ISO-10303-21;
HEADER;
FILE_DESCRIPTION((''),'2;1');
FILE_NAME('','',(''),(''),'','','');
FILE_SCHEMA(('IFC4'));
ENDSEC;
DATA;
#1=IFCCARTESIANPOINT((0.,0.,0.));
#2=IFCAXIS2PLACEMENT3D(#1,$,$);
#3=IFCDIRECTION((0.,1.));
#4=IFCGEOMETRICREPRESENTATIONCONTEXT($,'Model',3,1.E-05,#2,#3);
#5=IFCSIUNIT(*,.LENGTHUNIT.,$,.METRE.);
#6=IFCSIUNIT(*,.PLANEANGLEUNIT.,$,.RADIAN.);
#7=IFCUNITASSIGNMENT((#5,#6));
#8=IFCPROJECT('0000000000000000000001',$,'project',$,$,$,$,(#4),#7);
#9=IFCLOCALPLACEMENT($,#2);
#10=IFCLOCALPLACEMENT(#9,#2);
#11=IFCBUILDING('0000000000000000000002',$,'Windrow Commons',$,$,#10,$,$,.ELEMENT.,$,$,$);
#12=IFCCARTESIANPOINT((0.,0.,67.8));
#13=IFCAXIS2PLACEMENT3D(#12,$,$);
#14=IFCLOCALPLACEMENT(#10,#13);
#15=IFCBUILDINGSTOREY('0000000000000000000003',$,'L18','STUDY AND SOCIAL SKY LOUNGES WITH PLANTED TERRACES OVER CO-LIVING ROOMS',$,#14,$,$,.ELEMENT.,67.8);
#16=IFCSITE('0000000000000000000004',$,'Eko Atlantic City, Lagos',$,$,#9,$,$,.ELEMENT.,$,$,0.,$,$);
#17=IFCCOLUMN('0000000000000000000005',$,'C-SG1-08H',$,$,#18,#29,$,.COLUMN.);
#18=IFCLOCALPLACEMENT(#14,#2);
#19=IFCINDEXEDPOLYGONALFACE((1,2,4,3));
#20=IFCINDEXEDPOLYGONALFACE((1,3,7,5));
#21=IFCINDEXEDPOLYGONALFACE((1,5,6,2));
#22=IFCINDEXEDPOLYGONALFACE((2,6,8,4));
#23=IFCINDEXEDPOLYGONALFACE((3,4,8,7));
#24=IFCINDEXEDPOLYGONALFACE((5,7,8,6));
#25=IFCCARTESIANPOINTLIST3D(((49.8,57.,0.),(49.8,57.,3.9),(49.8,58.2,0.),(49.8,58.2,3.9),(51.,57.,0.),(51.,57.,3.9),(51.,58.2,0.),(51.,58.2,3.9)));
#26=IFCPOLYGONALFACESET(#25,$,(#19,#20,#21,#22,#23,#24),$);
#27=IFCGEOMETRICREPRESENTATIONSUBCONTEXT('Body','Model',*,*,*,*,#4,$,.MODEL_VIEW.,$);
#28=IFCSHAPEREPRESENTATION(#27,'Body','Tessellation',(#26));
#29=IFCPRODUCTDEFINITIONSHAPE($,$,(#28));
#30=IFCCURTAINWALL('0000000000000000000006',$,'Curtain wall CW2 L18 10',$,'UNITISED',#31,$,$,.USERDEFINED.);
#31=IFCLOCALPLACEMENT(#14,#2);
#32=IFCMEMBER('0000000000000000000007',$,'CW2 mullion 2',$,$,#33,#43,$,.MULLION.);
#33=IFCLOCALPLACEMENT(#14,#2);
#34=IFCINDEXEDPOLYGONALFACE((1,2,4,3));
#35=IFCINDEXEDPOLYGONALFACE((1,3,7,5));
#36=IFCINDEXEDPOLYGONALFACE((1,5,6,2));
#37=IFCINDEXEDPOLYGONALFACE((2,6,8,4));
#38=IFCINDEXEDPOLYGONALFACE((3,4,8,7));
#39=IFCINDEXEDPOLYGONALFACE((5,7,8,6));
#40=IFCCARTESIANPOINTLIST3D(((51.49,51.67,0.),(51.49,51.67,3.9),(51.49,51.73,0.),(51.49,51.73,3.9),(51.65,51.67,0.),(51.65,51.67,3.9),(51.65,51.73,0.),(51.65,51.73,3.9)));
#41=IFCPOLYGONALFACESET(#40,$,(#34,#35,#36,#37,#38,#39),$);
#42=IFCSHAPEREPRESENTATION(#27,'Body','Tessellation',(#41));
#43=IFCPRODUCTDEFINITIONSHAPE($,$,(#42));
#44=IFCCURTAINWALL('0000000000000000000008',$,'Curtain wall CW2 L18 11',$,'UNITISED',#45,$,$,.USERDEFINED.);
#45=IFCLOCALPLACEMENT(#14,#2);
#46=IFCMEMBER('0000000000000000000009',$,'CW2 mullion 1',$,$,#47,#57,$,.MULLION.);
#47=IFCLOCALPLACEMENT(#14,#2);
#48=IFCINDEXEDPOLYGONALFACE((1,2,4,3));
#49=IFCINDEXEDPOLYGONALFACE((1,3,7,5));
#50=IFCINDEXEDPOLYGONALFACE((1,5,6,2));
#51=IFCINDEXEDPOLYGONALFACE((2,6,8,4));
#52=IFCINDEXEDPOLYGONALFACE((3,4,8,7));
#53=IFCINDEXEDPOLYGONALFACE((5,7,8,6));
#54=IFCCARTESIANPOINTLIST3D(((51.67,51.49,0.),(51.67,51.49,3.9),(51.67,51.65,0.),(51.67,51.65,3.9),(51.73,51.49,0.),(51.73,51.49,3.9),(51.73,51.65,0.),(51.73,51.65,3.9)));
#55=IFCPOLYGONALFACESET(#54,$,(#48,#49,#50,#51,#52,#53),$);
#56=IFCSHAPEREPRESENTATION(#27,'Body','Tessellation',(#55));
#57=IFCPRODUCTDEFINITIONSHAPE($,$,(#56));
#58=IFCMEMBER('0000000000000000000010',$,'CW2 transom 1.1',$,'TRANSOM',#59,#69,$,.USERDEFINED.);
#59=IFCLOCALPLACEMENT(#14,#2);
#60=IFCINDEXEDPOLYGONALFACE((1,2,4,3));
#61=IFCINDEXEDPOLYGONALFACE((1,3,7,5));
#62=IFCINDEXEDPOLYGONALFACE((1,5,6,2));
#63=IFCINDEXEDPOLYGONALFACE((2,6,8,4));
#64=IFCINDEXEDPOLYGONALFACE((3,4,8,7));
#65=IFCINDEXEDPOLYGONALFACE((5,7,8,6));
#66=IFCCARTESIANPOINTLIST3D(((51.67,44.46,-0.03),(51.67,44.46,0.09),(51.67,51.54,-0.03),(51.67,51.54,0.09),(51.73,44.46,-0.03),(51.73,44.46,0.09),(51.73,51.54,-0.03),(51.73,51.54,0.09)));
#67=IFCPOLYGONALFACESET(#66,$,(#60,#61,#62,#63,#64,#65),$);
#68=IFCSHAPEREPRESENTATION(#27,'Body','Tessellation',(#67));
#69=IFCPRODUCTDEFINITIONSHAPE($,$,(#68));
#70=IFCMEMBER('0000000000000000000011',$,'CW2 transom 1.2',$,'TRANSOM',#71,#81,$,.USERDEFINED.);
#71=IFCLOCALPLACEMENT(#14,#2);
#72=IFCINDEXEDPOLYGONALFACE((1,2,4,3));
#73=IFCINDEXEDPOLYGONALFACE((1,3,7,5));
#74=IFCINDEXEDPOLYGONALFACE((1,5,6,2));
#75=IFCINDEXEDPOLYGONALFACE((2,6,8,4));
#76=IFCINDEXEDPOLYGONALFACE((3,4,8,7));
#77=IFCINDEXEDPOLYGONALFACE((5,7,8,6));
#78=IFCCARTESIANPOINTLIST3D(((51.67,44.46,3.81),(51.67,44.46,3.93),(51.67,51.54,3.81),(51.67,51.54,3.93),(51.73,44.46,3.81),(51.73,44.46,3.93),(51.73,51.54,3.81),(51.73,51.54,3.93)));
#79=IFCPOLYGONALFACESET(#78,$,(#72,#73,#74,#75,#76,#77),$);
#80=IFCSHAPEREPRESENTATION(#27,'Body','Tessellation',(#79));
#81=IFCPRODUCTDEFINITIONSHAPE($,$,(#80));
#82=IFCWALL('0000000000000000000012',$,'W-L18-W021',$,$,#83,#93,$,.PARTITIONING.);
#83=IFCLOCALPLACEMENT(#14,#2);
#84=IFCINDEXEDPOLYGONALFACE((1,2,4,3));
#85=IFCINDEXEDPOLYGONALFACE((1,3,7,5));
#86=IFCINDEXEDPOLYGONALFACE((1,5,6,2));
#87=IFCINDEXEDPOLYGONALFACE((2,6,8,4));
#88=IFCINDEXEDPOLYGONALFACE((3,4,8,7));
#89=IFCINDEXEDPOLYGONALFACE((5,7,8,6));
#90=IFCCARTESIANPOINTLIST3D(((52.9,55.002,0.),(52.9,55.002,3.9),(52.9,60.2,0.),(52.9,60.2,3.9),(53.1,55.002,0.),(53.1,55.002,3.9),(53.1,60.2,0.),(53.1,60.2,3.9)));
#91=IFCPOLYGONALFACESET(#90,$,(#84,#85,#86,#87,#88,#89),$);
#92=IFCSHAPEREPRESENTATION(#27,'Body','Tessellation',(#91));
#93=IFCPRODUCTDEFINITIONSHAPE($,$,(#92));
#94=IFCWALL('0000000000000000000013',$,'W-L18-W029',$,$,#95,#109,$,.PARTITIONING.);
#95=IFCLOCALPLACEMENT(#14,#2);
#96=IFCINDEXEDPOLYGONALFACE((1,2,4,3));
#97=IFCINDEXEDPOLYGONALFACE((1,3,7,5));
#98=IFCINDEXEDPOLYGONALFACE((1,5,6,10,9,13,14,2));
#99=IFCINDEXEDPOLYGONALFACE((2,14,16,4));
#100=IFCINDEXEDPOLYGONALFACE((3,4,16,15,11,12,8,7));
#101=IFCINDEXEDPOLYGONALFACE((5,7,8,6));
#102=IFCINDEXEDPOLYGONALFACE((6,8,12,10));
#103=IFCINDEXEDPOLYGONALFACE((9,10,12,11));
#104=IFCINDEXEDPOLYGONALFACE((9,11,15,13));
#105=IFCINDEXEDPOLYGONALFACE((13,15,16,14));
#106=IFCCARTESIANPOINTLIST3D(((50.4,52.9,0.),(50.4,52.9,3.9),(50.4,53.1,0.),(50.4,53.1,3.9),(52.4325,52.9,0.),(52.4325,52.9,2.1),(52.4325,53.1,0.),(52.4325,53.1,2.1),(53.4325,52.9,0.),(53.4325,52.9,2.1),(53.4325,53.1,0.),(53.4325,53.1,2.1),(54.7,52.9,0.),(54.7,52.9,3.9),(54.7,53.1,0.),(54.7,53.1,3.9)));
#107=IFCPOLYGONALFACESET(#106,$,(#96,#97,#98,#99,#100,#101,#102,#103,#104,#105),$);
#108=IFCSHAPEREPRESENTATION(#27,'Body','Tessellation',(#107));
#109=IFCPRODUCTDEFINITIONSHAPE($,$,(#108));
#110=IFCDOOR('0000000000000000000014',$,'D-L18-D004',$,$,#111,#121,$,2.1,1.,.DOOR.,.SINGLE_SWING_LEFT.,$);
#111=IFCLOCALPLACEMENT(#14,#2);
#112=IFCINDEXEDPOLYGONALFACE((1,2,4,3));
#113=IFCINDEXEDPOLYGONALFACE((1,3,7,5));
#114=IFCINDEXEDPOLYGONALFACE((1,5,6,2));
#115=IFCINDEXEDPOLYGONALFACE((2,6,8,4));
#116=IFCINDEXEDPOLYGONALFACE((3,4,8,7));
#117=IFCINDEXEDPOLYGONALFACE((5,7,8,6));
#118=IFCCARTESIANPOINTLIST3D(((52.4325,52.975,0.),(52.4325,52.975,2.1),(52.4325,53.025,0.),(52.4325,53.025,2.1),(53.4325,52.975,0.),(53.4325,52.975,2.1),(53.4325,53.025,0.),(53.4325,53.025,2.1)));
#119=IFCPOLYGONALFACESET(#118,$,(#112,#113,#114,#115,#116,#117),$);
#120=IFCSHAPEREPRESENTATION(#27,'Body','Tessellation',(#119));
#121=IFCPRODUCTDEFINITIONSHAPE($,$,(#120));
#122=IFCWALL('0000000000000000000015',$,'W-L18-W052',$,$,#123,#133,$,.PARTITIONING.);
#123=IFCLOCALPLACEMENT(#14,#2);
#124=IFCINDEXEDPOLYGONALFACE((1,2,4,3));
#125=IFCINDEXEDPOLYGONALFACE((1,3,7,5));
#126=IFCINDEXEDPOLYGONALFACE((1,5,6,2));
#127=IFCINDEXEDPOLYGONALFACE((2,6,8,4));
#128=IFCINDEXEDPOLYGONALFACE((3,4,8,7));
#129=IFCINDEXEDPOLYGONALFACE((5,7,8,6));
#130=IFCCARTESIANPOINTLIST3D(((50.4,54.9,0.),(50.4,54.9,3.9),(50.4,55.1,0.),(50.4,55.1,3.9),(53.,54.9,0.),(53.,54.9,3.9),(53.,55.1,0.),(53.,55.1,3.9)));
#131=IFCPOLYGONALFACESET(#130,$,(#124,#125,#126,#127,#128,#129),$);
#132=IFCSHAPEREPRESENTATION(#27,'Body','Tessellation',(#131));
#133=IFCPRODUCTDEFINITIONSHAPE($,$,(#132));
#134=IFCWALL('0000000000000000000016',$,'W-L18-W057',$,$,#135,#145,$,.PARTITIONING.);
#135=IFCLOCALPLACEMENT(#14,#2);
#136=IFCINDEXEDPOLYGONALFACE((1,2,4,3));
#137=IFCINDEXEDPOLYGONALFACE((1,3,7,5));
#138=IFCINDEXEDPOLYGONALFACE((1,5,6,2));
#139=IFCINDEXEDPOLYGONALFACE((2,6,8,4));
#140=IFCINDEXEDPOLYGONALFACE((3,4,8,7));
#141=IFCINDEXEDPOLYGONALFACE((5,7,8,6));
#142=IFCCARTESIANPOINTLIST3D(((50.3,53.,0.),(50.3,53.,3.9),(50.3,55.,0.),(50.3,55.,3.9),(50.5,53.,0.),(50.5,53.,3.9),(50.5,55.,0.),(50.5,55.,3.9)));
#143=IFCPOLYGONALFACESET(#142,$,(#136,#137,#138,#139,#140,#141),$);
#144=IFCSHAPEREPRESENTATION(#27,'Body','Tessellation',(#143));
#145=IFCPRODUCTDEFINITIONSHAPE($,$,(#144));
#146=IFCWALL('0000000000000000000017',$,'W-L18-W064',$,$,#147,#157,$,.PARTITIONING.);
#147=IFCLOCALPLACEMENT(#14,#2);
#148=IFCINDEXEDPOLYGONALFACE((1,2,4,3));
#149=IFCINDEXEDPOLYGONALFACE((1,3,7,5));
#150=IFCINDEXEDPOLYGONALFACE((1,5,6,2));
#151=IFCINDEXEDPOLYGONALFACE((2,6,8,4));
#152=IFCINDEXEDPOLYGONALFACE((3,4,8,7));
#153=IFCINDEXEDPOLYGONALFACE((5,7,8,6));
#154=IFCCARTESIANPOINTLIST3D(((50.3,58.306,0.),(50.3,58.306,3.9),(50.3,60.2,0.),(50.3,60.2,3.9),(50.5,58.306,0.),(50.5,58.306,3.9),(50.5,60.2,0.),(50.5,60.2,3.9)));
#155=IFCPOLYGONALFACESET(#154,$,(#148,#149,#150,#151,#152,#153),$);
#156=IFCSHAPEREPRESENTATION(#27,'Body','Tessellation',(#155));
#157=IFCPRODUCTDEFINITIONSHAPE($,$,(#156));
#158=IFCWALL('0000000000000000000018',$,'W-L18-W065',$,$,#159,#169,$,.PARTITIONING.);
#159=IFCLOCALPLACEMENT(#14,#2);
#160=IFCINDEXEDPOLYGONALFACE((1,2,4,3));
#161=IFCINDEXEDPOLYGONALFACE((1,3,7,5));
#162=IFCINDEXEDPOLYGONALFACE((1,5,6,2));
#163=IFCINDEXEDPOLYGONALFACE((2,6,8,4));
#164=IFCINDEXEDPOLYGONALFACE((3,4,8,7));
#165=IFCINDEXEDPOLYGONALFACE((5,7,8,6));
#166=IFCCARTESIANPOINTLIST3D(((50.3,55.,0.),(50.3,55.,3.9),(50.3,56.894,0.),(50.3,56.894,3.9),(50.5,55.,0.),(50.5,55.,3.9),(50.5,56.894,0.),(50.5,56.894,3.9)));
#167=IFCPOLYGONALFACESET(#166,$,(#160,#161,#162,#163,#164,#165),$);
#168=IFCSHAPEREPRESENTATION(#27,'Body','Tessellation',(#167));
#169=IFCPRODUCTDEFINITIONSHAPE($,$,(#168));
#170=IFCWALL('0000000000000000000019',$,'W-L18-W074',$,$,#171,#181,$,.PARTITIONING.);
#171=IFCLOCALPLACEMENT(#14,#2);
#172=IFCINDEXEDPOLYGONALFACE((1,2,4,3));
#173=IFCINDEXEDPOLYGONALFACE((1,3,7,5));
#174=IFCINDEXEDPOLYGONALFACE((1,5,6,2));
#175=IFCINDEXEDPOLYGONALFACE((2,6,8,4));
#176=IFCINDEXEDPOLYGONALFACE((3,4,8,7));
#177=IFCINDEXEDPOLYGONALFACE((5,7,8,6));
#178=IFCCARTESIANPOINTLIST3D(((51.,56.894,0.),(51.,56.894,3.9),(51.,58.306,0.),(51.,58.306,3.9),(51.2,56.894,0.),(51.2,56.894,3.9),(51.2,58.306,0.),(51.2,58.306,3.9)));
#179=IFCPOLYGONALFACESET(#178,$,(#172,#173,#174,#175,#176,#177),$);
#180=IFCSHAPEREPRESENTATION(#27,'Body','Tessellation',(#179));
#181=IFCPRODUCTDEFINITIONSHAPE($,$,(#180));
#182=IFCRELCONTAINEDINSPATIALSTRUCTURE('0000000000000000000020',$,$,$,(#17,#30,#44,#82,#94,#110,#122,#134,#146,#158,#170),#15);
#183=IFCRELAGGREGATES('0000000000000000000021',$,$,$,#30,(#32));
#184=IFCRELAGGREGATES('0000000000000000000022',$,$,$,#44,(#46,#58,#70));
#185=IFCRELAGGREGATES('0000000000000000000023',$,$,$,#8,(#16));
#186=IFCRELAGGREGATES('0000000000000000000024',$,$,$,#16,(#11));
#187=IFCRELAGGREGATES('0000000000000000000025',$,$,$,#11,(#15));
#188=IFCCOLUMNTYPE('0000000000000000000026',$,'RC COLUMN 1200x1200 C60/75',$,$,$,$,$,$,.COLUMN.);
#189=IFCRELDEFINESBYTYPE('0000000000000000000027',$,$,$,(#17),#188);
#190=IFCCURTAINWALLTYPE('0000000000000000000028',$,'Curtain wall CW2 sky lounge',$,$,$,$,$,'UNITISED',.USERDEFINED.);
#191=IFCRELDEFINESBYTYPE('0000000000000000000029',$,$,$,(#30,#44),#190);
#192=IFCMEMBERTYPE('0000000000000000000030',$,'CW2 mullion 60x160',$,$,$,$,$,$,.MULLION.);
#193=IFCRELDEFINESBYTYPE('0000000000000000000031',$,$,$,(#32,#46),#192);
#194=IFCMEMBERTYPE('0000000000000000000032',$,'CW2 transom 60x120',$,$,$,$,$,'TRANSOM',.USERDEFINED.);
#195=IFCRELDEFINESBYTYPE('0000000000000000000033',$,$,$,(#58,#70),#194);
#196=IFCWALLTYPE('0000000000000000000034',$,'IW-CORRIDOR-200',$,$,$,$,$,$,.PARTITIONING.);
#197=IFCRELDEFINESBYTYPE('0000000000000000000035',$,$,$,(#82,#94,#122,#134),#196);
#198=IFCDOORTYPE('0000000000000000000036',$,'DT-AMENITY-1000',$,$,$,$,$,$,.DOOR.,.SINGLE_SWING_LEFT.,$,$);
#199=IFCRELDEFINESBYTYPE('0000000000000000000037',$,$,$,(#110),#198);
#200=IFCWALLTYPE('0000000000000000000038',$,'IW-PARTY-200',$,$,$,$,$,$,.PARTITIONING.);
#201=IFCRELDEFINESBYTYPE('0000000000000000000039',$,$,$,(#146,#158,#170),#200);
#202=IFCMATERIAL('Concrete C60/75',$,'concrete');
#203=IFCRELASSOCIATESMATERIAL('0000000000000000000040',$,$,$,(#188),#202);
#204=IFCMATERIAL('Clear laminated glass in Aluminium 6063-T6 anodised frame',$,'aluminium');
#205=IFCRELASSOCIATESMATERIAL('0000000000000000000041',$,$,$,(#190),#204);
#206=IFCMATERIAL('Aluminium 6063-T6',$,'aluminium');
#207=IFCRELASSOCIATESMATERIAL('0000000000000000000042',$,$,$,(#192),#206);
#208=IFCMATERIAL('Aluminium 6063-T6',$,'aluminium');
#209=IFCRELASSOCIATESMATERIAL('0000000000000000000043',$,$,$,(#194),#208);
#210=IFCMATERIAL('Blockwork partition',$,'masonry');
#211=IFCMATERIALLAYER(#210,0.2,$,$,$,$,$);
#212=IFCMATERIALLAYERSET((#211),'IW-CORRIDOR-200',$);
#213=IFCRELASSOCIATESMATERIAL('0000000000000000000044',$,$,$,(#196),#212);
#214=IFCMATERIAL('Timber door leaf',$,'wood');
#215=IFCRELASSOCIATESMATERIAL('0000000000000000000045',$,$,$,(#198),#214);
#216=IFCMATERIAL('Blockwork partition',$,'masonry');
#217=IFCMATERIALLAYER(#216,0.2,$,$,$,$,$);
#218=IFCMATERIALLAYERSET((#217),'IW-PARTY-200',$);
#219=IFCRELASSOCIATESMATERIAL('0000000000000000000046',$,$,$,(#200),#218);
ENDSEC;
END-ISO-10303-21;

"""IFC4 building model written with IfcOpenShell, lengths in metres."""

from ifc_helpers import new_model, si_unit, direction, frame, frame_2d, origin, origin_2d, place, context, subcontext, project, spatial, rectangle, extrude, material, layer, layer_set, material_profile, profile_set, type_object, element, fill, aggregate, save


model = new_model("IFC4")

# Units and contexts
model_context = context("Model", 3, precision=1e-05, world=origin(), true_north=direction((0.0, 1.0)))
body_context = subcontext(model_context, "Body", "Model", "MODEL_VIEW")
ifc_project = project(units=[si_unit("LENGTHUNIT", "METRE"), si_unit("PLANEANGLEUNIT", "RADIAN")], contexts=[model_context])

# Site, building, storey
site_placement = place(None, origin())
site = spatial("IfcSite", under=ifc_project, at=site_placement, Name="Eko Atlantic City, Lagos", CompositionType="ELEMENT", RefElevation=0.0)
building_placement = place(site_placement, origin())
building = spatial("IfcBuilding", under=site, at=building_placement, Name="Windrow Commons", CompositionType="ELEMENT")
storey_placement = place(building_placement, frame((0.0, 0.0, 67.8)))
storey = spatial("IfcBuildingStorey", under=building, at=storey_placement, Name="L18", Description="STUDY AND SOCIAL SKY LOUNGES WITH PLANTED TERRACES OVER CO-LIVING ROOMS", CompositionType="ELEMENT", Elevation=67.8)

# Column
ifc_material_1 = material(Name="Concrete C60/75", Category="concrete")
ifc_material_profile_1 = material_profile(ifc_material_1, rectangle(XDim=1.2, YDim=1.2, at=origin_2d()))
ifc_profile_set_1 = profile_set([ifc_material_profile_1], Name="Concrete C60/75")
column_type = type_object("IfcColumnType", Name="RC COLUMN 1200x1200 C60/75", PredefinedType="COLUMN", material=ifc_profile_set_1)
column_placement = place(storey_placement, frame((50.4, 57.6, 0.0), z_axis=(0.0, 0.0, 1.0), x_axis=(1.0, 0.0, 0.0)))
element("IfcColumn", 1, at=column_placement, inside=storey, type_object=column_type, Name="C-SG1-08H", PredefinedType="COLUMN", context=body_context, shape_type="SweptSolid", body=[
    extrude(rectangle(XDim=1.2, YDim=1.2, at=origin_2d()), origin(), (0.0, 0.0, 1.0), 3.9),
])

# Curtain wall, member
ifc_material_2 = material(Name="Clear laminated glass in Aluminium 6063-T6 anodised frame", Category="aluminium")
curtain_wall_type = type_object("IfcCurtainWallType", Name="Curtain wall CW2 sky lounge", ElementType="UNITISED", PredefinedType="USERDEFINED", material=ifc_material_2)
placement = place(storey_placement, origin())
curtain_wall_1 = element("IfcCurtainWall", 2, at=placement, inside=storey, type_object=curtain_wall_type, Name="Curtain wall CW2 L18 10", ObjectType="UNITISED", PredefinedType="USERDEFINED")
ifc_material_3 = material(Name="Aluminium 6063-T6", Category="aluminium")
ifc_material_profile_2 = material_profile(ifc_material_3, rectangle(XDim=0.06, YDim=0.16, at=origin_2d()))
ifc_profile_set_2 = profile_set([ifc_material_profile_2], Name="Aluminium 6063-T6")
member_type_1 = type_object("IfcMemberType", Name="CW2 mullion 60x160", PredefinedType="MULLION", material=ifc_profile_set_2)
member_1_placement = place(storey_placement, frame((51.57, 51.7, 0.0), z_axis=(0.0, 0.0, 1.0), x_axis=(0.0, 1.0, 0.0)))
member_1 = element("IfcMember", 3, at=member_1_placement, type_object=member_type_1, Name="CW2 mullion 2", PredefinedType="MULLION", context=body_context, shape_type="SweptSolid", body=[
    extrude(rectangle(XDim=0.06, YDim=0.16, at=origin_2d()), origin(), (0.0, 0.0, 1.0), 3.9),
])
aggregate(curtain_wall_1, [member_1])

# Curtain wall, members
curtain_wall_2 = element("IfcCurtainWall", 4, at=placement, inside=storey, type_object=curtain_wall_type, Name="Curtain wall CW2 L18 11", ObjectType="UNITISED", PredefinedType="USERDEFINED")
member_2_placement = place(storey_placement, frame((51.7, 51.57, 0.0), z_axis=(0.0, 0.0, 1.0), x_axis=(1.0, 0.0, 0.0)))
member_2 = element("IfcMember", 5, at=member_2_placement, type_object=member_type_1, Name="CW2 mullion 1", PredefinedType="MULLION", context=body_context, shape_type="SweptSolid", body=[
    extrude(rectangle(XDim=0.06, YDim=0.16, at=origin_2d()), origin(), (0.0, 0.0, 1.0), 3.9),
])
ifc_material_4 = material(Name="Aluminium 6063-T6", Category="aluminium")
ifc_material_profile_3 = material_profile(ifc_material_4, rectangle(XDim=0.06, YDim=0.12, at=origin_2d()))
ifc_profile_set_3 = profile_set([ifc_material_profile_3], Name="Aluminium 6063-T6")
member_type_2 = type_object("IfcMemberType", Name="CW2 transom 60x120", ElementType="TRANSOM", PredefinedType="USERDEFINED", material=ifc_profile_set_3)
member_3_placement = place(storey_placement, frame((51.7, 51.54, 0.03), z_axis=(0.0, -1.0, 0.0), x_axis=(1.0, 0.0, 0.0)))
member_3 = element("IfcMember", 6, at=member_3_placement, type_object=member_type_2, Name="CW2 transom 1.1", ObjectType="TRANSOM", PredefinedType="USERDEFINED", context=body_context, shape_type="SweptSolid", body=[
    extrude(rectangle(XDim=0.06, YDim=0.12, at=origin_2d()), origin(), (0.0, 0.0, 1.0), 7.08),
])
member_4_placement = place(storey_placement, frame((51.7, 51.54, 3.87), z_axis=(0.0, -1.0, 0.0), x_axis=(1.0, 0.0, 0.0)))
member_4 = element("IfcMember", 7, at=member_4_placement, type_object=member_type_2, Name="CW2 transom 1.2", ObjectType="TRANSOM", PredefinedType="USERDEFINED", context=body_context, shape_type="SweptSolid", body=[
    extrude(rectangle(XDim=0.06, YDim=0.12, at=origin_2d()), origin(), (0.0, 0.0, 1.0), 7.08),
])
aggregate(curtain_wall_2, [member_2, member_3, member_4])

# Wall
ifc_material_5 = material(Name="Blockwork partition", Category="masonry")
ifc_layer_1 = layer(ifc_material_5, 0.2)
ifc_layer_set_1 = layer_set([ifc_layer_1], Name="IW-CORRIDOR-200")
wall_type_1 = type_object("IfcWallType", Name="IW-CORRIDOR-200", PredefinedType="PARTITIONING", material=ifc_layer_set_1)
wall_1_placement = place(storey_placement, frame((53.0, 55.002, 0.0), z_axis=(0.0, 0.0, 1.0), x_axis=(0.0, 1.0, 0.0)))
element("IfcWall", 8, at=wall_1_placement, inside=storey, type_object=wall_type_1, Name="W-L18-W021", PredefinedType="PARTITIONING", context=body_context, shape_type="SweptSolid", body=[
    extrude(rectangle(XDim=5.198, YDim=0.2, at=frame_2d((2.599, 0.0))), origin(), (0.0, 0.0, 1.0), 3.9),
])

# Wall, opening, door
wall_2_placement = place(storey_placement, frame((50.4, 53.0, 0.0), z_axis=(0.0, 0.0, 1.0), x_axis=(1.0, 0.0, 0.0)))
wall_2 = element("IfcWall", 9, at=wall_2_placement, inside=storey, type_object=wall_type_1, Name="W-L18-W029", PredefinedType="PARTITIONING", context=body_context, shape_type="SweptSolid", body=[
    extrude(rectangle(XDim=4.3, YDim=0.2, at=frame_2d((2.15, 0.0))), origin(), (0.0, 0.0, 1.0), 3.9),
])
opening_placement = place(wall_2_placement, frame((2.0325, 0.0, 0.0)))
opening = element("IfcOpeningElement", 10, at=opening_placement, cuts=wall_2, PredefinedType="OPENING", context=body_context, shape_type="SweptSolid", body=[
    extrude(rectangle(XDim=1.0, YDim=2.1, at=frame_2d((0.5, 1.05))), frame((0.0, 0.11, 0.0), z_axis=(0.0, -1.0, 0.0), x_axis=(1.0, 0.0, 0.0)), (0.0, 0.0, 1.0), 0.22),
])
ifc_material_6 = material(Name="Timber door leaf", Category="wood")
door_type = type_object("IfcDoorType", Name="DT-AMENITY-1000", OperationType="SINGLE_SWING_LEFT", PredefinedType="DOOR", material=ifc_material_6)
door_placement = place(opening_placement, origin())
door = element("IfcDoor", 11, at=door_placement, inside=storey, type_object=door_type, Name="D-L18-D004", OperationType="SINGLE_SWING_LEFT", OverallHeight=2.1, OverallWidth=1.0, PredefinedType="DOOR", context=body_context, shape_type="SweptSolid", body=[
    extrude(rectangle(XDim=1.0, YDim=2.1, at=frame_2d((0.5, 1.05))), frame((0.0, 0.025, 0.0), z_axis=(0.0, -1.0, 0.0), x_axis=(1.0, 0.0, 0.0)), (0.0, 0.0, 1.0), 0.05),
])
fill(opening, door)

# Walls
wall_3_placement = place(storey_placement, frame((50.4, 55.0, 0.0), z_axis=(0.0, 0.0, 1.0), x_axis=(1.0, 0.0, 0.0)))
element("IfcWall", 12, at=wall_3_placement, inside=storey, type_object=wall_type_1, Name="W-L18-W052", PredefinedType="PARTITIONING", context=body_context, shape_type="SweptSolid", body=[
    extrude(rectangle(XDim=2.6, YDim=0.2, at=frame_2d((1.3, 0.0))), origin(), (0.0, 0.0, 1.0), 3.9),
])
wall_4_placement = place(storey_placement, frame((50.4, 53.0, 0.0), z_axis=(0.0, 0.0, 1.0), x_axis=(0.0, 1.0, 0.0)))
element("IfcWall", 13, at=wall_4_placement, inside=storey, type_object=wall_type_1, Name="W-L18-W057", PredefinedType="PARTITIONING", context=body_context, shape_type="SweptSolid", body=[
    extrude(rectangle(XDim=2.0, YDim=0.2, at=frame_2d((1.0, 0.0))), origin(), (0.0, 0.0, 1.0), 3.9),
])
ifc_material_7 = material(Name="Blockwork partition", Category="masonry")
ifc_layer_2 = layer(ifc_material_7, 0.2)
ifc_layer_set_2 = layer_set([ifc_layer_2], Name="IW-PARTY-200")
wall_type_2 = type_object("IfcWallType", Name="IW-PARTY-200", PredefinedType="PARTITIONING", material=ifc_layer_set_2)
for number, where, z_axis, x_axis, name in (
    (14, (50.4, 58.306, 0.0), (0.0, 0.0, 1.0), (0.0, 1.0, 0.0), "W-L18-W064"),
    (15, (50.4, 55.0, 0.0), (0.0, 0.0, 1.0), (0.0, 1.0, 0.0), "W-L18-W065"),
):
    element("IfcWall", number, at=place(storey_placement, frame(where, z_axis=z_axis, x_axis=x_axis)), inside=storey, type_object=wall_type_2, Name=name, PredefinedType="PARTITIONING", context=body_context, shape_type="SweptSolid", body=[
        extrude(rectangle(XDim=1.894, YDim=0.2, at=frame_2d((0.947, 0.0))), origin(), (0.0, 0.0, 1.0), 3.9),
    ])
wall_5_placement = place(storey_placement, frame((51.1, 56.894, 0.0), z_axis=(0.0, 0.0, 1.0), x_axis=(0.0, 1.0, 0.0)))
element("IfcWall", 16, at=wall_5_placement, inside=storey, type_object=wall_type_2, Name="W-L18-W074", PredefinedType="PARTITIONING", context=body_context, shape_type="SweptSolid", body=[
    extrude(rectangle(XDim=1.412, YDim=0.2, at=frame_2d((0.706, 0.0))), origin(), (0.0, 0.0, 1.0), 3.9),
])

save(model, "model.ifc")
